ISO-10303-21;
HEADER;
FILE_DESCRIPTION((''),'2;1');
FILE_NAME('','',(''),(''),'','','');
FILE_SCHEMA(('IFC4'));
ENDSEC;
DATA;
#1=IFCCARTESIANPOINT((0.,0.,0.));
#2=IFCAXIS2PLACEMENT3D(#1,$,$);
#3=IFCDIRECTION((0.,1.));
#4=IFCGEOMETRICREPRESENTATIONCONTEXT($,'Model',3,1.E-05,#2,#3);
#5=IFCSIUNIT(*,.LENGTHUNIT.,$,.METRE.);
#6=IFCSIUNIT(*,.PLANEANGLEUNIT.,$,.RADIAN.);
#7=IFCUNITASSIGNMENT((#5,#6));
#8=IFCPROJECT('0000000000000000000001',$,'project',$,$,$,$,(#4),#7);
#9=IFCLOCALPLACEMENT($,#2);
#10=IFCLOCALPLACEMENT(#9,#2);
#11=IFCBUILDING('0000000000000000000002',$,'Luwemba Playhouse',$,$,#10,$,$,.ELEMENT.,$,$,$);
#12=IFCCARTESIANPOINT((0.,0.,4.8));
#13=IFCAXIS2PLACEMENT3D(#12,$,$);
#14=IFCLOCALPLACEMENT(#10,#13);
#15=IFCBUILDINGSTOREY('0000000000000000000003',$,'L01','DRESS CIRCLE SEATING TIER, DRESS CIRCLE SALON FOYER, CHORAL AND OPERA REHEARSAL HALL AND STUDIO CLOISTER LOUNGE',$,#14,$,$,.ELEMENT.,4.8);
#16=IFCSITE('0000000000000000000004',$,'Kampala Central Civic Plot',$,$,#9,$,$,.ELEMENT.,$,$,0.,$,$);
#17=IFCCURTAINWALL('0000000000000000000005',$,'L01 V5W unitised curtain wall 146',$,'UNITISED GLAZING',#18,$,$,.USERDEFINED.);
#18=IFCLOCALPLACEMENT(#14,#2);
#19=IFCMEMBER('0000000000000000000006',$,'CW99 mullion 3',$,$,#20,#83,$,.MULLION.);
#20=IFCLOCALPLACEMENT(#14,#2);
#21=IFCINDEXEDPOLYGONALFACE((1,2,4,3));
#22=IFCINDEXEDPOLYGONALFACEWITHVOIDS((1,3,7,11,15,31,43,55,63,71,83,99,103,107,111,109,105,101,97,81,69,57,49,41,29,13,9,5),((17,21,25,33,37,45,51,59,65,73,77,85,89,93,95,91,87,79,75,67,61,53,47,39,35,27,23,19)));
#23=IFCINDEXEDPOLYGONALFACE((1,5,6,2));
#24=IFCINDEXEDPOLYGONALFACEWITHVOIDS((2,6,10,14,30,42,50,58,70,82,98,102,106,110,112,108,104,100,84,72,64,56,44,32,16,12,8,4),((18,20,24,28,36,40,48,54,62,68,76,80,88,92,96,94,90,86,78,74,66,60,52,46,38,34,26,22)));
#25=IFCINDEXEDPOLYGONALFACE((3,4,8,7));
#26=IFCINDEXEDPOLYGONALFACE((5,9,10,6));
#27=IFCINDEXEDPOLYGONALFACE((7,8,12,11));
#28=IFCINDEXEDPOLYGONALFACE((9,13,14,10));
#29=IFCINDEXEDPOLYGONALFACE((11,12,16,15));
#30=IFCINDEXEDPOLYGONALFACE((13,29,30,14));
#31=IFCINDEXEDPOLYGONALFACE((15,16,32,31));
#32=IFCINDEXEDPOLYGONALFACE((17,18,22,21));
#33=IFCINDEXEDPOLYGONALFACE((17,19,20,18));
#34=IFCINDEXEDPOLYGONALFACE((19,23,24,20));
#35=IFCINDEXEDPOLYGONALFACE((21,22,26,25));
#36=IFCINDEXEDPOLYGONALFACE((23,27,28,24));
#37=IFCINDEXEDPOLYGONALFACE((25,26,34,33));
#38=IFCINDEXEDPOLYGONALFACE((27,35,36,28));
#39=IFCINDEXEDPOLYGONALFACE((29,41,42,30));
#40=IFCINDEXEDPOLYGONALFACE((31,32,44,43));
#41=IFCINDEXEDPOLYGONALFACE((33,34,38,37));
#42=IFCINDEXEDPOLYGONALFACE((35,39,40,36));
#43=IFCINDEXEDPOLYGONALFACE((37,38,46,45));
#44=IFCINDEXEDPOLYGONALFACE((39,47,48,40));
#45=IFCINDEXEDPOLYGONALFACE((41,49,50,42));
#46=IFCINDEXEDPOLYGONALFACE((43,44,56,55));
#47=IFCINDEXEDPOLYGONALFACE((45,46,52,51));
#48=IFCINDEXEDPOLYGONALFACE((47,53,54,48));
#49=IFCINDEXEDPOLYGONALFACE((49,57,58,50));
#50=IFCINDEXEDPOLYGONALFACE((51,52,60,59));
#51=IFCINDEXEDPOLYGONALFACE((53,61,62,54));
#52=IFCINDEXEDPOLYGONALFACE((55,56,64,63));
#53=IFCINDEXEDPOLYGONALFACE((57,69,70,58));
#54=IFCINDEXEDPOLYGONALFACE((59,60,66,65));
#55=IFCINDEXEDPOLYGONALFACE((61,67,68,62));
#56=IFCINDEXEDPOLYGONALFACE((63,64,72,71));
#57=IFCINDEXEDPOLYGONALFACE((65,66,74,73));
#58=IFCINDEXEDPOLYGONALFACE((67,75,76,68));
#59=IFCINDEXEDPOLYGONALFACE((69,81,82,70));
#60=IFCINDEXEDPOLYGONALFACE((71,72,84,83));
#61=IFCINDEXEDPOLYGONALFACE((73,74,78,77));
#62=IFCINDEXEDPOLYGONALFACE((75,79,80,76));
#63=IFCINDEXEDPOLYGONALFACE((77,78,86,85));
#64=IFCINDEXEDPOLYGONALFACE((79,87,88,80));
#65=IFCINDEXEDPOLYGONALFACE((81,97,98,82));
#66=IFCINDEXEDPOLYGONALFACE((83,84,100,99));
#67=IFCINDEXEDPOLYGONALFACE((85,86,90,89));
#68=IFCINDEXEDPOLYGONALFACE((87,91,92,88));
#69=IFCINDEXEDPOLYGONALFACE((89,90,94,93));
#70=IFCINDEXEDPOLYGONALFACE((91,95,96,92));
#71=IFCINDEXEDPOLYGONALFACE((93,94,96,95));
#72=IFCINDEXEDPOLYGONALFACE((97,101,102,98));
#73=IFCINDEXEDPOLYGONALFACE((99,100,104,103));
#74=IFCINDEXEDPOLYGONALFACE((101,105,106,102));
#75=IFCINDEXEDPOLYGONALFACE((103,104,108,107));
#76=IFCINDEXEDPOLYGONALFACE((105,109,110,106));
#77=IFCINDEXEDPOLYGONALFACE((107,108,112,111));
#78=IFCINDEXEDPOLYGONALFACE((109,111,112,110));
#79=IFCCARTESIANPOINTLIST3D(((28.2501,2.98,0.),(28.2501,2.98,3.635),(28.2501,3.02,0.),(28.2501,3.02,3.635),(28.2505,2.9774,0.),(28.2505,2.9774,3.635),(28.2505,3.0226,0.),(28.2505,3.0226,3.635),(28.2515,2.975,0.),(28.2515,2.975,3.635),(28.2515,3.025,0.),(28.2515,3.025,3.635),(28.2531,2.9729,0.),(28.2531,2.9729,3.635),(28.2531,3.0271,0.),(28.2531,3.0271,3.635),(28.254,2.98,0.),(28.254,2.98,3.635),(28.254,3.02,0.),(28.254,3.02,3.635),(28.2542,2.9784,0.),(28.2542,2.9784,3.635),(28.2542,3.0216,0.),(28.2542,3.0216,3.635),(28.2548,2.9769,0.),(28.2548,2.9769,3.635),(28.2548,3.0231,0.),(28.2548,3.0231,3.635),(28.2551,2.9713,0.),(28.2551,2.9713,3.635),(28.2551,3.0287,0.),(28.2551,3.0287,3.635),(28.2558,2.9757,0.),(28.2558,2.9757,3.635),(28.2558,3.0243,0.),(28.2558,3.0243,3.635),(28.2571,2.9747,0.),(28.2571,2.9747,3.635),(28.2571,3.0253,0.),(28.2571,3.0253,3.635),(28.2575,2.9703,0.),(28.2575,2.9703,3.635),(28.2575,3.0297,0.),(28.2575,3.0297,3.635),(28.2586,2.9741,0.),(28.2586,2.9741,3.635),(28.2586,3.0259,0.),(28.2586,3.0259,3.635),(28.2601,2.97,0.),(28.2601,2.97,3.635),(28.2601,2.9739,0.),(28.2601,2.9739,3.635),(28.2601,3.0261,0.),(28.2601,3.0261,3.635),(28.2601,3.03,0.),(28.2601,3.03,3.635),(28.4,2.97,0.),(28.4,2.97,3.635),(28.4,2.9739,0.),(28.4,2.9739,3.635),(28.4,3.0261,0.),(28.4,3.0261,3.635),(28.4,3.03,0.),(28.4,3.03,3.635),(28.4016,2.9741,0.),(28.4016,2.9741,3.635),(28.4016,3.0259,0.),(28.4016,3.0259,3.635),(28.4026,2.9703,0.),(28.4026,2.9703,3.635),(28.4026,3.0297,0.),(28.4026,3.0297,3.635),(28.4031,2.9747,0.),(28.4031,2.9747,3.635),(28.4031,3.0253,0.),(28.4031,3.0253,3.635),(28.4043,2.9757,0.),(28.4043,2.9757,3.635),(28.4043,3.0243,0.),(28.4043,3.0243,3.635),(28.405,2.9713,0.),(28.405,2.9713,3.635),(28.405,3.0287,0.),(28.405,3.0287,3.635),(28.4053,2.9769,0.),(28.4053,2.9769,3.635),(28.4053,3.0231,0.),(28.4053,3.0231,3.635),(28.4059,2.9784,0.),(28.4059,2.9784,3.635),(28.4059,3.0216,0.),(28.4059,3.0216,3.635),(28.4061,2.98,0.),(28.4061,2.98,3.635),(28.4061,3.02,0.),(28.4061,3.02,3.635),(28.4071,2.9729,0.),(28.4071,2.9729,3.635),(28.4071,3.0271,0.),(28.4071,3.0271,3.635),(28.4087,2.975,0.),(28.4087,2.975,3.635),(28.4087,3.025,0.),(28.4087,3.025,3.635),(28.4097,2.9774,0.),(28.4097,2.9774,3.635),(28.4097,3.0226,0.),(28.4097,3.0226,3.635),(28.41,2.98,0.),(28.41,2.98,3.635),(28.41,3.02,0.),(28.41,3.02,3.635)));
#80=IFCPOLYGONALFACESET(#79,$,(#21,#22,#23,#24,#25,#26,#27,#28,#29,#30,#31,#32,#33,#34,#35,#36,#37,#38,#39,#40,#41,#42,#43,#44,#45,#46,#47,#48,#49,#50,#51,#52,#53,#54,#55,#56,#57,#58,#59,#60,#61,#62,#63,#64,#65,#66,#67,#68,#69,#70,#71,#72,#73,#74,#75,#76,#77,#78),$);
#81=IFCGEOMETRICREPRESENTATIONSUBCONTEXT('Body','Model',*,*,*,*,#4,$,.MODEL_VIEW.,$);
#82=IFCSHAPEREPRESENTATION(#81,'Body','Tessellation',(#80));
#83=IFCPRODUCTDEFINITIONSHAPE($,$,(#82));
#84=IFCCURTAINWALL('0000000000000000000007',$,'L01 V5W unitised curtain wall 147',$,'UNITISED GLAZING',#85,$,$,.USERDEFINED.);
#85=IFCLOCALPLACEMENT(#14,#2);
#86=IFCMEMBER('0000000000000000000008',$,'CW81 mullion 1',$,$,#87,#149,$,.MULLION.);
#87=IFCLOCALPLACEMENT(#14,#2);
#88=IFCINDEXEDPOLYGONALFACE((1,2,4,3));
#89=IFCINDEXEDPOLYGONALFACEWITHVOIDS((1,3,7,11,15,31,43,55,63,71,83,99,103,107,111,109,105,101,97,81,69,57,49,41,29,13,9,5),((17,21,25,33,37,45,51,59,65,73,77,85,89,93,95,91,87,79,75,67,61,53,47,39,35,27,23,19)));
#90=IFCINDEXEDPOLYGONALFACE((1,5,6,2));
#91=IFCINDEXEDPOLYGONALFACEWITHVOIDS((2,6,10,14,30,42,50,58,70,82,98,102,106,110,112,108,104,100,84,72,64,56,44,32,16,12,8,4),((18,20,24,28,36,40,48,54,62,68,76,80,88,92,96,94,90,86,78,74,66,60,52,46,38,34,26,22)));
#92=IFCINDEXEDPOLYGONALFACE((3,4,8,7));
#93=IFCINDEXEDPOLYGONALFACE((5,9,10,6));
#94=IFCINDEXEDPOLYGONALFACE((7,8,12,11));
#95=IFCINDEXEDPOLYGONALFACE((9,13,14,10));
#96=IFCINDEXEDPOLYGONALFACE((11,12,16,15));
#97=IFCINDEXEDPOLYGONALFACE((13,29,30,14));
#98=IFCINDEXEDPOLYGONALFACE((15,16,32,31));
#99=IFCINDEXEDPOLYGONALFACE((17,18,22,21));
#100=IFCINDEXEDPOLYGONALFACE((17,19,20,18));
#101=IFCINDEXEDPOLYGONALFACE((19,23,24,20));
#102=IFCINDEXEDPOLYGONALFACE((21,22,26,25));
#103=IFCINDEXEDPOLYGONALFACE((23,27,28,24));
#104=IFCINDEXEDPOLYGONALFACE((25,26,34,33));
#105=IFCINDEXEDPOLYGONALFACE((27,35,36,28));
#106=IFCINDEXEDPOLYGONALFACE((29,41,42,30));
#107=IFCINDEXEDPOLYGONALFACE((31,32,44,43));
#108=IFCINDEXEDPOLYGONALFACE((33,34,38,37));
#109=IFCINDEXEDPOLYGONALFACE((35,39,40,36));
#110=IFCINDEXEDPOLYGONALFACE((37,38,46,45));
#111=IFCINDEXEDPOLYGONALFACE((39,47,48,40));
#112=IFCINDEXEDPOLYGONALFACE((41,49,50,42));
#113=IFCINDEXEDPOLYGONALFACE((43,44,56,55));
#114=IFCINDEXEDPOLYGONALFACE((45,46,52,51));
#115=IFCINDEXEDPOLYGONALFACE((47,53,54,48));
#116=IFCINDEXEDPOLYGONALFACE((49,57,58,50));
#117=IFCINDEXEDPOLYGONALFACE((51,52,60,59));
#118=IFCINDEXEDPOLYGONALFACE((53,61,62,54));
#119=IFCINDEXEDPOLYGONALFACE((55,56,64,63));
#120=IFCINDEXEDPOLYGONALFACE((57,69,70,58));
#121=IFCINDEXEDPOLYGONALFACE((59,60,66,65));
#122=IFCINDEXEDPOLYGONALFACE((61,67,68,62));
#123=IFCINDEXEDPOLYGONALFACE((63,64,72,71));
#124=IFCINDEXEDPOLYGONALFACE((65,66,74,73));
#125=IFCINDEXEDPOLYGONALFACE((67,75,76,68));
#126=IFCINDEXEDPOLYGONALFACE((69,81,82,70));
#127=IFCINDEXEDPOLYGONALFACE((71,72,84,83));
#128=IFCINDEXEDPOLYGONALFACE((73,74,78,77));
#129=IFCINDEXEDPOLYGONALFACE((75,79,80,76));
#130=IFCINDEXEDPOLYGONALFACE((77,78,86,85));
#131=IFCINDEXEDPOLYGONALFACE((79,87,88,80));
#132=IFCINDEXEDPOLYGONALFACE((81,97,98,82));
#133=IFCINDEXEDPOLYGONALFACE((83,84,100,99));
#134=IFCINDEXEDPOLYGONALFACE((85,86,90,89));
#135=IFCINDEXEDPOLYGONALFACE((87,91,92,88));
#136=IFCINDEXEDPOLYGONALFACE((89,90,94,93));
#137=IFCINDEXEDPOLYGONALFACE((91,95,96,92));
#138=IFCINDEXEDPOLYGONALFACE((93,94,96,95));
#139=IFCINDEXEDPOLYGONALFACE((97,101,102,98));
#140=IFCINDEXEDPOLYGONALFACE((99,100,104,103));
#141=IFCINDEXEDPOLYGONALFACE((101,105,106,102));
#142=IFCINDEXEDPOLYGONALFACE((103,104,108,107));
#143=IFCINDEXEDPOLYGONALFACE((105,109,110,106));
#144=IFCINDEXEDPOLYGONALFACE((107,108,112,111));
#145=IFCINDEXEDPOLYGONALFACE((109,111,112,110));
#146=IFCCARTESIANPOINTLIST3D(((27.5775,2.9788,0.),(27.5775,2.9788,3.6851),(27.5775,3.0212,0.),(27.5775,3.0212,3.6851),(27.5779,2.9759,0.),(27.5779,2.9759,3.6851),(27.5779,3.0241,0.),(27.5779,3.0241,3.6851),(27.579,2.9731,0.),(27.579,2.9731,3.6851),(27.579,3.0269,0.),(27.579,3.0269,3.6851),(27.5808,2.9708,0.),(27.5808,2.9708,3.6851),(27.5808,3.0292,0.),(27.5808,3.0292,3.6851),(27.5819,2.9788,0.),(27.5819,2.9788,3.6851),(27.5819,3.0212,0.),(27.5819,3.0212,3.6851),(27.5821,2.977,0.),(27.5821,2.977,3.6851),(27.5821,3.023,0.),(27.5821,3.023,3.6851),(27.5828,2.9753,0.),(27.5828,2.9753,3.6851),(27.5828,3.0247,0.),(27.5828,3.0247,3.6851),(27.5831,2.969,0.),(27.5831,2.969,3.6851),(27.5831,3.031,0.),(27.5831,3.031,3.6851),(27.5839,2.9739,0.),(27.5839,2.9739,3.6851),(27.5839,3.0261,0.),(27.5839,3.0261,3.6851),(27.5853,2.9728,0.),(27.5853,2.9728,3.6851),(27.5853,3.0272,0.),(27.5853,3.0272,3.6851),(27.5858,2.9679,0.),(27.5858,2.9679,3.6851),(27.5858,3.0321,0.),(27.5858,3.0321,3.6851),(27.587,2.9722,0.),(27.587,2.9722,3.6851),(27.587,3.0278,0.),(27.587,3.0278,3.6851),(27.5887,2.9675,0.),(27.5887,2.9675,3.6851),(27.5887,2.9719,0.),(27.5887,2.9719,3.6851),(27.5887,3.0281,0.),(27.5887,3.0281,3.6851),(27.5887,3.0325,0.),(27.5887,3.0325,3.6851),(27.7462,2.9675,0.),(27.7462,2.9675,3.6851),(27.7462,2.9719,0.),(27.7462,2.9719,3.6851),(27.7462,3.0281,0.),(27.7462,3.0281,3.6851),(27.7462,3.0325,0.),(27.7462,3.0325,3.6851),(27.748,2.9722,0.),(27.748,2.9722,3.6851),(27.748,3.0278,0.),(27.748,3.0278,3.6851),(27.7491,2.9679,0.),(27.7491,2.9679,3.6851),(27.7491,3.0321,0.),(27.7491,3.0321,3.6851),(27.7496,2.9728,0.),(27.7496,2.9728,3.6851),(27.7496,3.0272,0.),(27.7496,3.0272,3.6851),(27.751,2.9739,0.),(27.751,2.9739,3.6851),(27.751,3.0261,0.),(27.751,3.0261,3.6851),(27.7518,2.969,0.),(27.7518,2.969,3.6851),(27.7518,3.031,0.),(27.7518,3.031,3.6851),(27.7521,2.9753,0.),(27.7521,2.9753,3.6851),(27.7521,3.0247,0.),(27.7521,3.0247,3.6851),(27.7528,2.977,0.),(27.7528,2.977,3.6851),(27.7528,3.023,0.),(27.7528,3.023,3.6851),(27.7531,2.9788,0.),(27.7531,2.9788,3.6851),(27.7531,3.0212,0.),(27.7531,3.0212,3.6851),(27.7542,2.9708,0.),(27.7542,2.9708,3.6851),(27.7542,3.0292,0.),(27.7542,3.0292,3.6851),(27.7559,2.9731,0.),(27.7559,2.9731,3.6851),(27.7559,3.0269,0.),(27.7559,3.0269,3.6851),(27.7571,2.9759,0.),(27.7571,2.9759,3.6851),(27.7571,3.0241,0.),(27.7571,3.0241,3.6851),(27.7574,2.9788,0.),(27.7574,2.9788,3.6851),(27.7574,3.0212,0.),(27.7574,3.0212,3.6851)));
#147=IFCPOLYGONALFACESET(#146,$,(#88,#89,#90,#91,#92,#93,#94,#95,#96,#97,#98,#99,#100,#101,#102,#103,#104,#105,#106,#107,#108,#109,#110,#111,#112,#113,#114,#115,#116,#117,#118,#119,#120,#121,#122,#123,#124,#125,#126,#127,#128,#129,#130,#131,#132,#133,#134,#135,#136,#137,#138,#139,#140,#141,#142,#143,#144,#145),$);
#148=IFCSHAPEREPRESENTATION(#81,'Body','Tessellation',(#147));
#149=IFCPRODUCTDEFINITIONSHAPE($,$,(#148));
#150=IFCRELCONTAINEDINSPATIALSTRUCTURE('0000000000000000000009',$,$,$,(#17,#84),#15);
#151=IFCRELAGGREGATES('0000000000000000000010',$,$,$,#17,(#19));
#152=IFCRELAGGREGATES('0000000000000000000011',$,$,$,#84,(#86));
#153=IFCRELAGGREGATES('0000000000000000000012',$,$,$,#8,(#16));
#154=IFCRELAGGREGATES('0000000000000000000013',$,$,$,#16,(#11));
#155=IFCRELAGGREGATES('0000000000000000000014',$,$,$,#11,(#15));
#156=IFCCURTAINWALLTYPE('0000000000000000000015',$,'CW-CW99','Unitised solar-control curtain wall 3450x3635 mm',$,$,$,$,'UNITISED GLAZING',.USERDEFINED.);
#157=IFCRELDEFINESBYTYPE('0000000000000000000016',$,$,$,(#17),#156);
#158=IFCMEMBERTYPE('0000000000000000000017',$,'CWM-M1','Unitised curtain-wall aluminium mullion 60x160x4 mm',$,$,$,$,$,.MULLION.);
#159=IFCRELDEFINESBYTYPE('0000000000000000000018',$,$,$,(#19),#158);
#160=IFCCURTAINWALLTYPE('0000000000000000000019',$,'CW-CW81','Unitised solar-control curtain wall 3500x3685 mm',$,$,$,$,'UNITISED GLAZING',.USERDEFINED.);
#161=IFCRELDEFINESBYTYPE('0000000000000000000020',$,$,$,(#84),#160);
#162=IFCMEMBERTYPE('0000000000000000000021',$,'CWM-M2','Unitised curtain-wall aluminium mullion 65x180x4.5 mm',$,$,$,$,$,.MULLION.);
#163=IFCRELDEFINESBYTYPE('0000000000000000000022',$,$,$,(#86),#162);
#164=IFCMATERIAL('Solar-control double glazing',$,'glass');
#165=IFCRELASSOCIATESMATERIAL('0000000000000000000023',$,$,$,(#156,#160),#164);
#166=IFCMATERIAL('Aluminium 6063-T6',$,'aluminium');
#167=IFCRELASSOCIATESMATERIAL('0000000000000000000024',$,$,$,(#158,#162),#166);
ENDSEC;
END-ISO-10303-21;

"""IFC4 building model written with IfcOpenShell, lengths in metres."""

from ifc_helpers import new_model, si_unit, direction, frame, origin, origin_2d, place, context, subcontext, project, spatial, hollow_rectangle, extrude, material, material_profile, profile_set, type_object, element, aggregate, save


model = new_model("IFC4")

# Units and contexts
model_context = context("Model", 3, precision=1e-05, world=origin(), true_north=direction((0.0, 1.0)))
body_context = subcontext(model_context, "Body", "Model", "MODEL_VIEW")
ifc_project = project(units=[si_unit("LENGTHUNIT", "METRE"), si_unit("PLANEANGLEUNIT", "RADIAN")], contexts=[model_context])

# Site, building, storey
site_placement = place(None, origin())
site = spatial("IfcSite", under=ifc_project, at=site_placement, Name="Kampala Central Civic Plot", CompositionType="ELEMENT", RefElevation=0.0)
building_placement = place(site_placement, origin())
building = spatial("IfcBuilding", under=site, at=building_placement, Name="Luwemba Playhouse", CompositionType="ELEMENT")
storey_placement = place(building_placement, frame((0.0, 0.0, 4.8)))
storey = spatial("IfcBuildingStorey", under=building, at=storey_placement, Name="L01", Description="DRESS CIRCLE SEATING TIER, DRESS CIRCLE SALON FOYER, CHORAL AND OPERA REHEARSAL HALL AND STUDIO CLOISTER LOUNGE", CompositionType="ELEMENT", Elevation=4.8)

# Curtain wall, member
ifc_material_1 = material(Name="Solar-control double glazing", Category="glass")
curtain_wall_type_1 = type_object("IfcCurtainWallType", Name="CW-CW99", Description="Unitised solar-control curtain wall 3450x3635 mm", ElementType="UNITISED GLAZING", PredefinedType="USERDEFINED", material=ifc_material_1)
curtain_wall_1_placement = place(storey_placement, origin())
curtain_wall_1 = element("IfcCurtainWall", 1, at=curtain_wall_1_placement, inside=storey, type_object=curtain_wall_type_1, Name="L01 V5W unitised curtain wall 146", ObjectType="UNITISED GLAZING", PredefinedType="USERDEFINED")
ifc_material_2 = material(Name="Aluminium 6063-T6", Category="aluminium")
ifc_material_profile_1 = material_profile(ifc_material_2, hollow_rectangle(XDim=0.0601, YDim=0.1599, WallThickness=0.0039, InnerFilletRadius=0.0061, OuterFilletRadius=0.01, at=origin_2d()))
ifc_profile_set_1 = profile_set([ifc_material_profile_1], Name="Aluminium 6063-T6")
member_type_1 = type_object("IfcMemberType", Name="CWM-M1", Description="Unitised curtain-wall aluminium mullion 60x160x4 mm", PredefinedType="MULLION", material=ifc_profile_set_1)
member_1_placement = place(storey_placement, frame((28.3301, 3.0, 0.0), z_axis=(0.0, 0.0, 1.0), x_axis=(0.0, -1.0, 0.0)))
member_1 = element("IfcMember", 2, at=member_1_placement, type_object=member_type_1, Name="CW99 mullion 3", PredefinedType="MULLION", context=body_context, shape_type="SweptSolid", body=[
    extrude(hollow_rectangle(XDim=0.0601, YDim=0.1599, WallThickness=0.0039, InnerFilletRadius=0.0061, OuterFilletRadius=0.01, at=origin_2d()), origin(), (0.0, 0.0, 1.0), 3.635),
])
aggregate(curtain_wall_1, [member_1])

# Curtain wall, member
curtain_wall_type_2 = type_object("IfcCurtainWallType", Name="CW-CW81", Description="Unitised solar-control curtain wall 3500x3685 mm", ElementType="UNITISED GLAZING", PredefinedType="USERDEFINED", material=ifc_material_1)
curtain_wall_2_placement = place(storey_placement, origin())
curtain_wall_2 = element("IfcCurtainWall", 3, at=curtain_wall_2_placement, inside=storey, type_object=curtain_wall_type_2, Name="L01 V5W unitised curtain wall 147", ObjectType="UNITISED GLAZING", PredefinedType="USERDEFINED")
ifc_material_profile_2 = material_profile(ifc_material_2, hollow_rectangle(XDim=0.0649, YDim=0.1799, WallThickness=0.0044, InnerFilletRadius=0.0068, OuterFilletRadius=0.0112, at=origin_2d()))
ifc_profile_set_2 = profile_set([ifc_material_profile_2], Name="Aluminium 6063-T6")
member_type_2 = type_object("IfcMemberType", Name="CWM-M2", Description="Unitised curtain-wall aluminium mullion 65x180x4.5 mm", PredefinedType="MULLION", material=ifc_profile_set_2)
member_2_placement = place(storey_placement, frame((27.6675, 3.0, 0.0), z_axis=(0.0, 0.0, 1.0), x_axis=(0.0, -1.0, 0.0)))
member_2 = element("IfcMember", 4, at=member_2_placement, type_object=member_type_2, Name="CW81 mullion 1", PredefinedType="MULLION", context=body_context, shape_type="SweptSolid", body=[
    extrude(hollow_rectangle(XDim=0.0649, YDim=0.1799, WallThickness=0.0044, InnerFilletRadius=0.0068, OuterFilletRadius=0.0112, at=origin_2d()), origin(), (0.0, 0.0, 1.0), 3.6851),
])
aggregate(curtain_wall_2, [member_2])

save(model, "model.ifc")
